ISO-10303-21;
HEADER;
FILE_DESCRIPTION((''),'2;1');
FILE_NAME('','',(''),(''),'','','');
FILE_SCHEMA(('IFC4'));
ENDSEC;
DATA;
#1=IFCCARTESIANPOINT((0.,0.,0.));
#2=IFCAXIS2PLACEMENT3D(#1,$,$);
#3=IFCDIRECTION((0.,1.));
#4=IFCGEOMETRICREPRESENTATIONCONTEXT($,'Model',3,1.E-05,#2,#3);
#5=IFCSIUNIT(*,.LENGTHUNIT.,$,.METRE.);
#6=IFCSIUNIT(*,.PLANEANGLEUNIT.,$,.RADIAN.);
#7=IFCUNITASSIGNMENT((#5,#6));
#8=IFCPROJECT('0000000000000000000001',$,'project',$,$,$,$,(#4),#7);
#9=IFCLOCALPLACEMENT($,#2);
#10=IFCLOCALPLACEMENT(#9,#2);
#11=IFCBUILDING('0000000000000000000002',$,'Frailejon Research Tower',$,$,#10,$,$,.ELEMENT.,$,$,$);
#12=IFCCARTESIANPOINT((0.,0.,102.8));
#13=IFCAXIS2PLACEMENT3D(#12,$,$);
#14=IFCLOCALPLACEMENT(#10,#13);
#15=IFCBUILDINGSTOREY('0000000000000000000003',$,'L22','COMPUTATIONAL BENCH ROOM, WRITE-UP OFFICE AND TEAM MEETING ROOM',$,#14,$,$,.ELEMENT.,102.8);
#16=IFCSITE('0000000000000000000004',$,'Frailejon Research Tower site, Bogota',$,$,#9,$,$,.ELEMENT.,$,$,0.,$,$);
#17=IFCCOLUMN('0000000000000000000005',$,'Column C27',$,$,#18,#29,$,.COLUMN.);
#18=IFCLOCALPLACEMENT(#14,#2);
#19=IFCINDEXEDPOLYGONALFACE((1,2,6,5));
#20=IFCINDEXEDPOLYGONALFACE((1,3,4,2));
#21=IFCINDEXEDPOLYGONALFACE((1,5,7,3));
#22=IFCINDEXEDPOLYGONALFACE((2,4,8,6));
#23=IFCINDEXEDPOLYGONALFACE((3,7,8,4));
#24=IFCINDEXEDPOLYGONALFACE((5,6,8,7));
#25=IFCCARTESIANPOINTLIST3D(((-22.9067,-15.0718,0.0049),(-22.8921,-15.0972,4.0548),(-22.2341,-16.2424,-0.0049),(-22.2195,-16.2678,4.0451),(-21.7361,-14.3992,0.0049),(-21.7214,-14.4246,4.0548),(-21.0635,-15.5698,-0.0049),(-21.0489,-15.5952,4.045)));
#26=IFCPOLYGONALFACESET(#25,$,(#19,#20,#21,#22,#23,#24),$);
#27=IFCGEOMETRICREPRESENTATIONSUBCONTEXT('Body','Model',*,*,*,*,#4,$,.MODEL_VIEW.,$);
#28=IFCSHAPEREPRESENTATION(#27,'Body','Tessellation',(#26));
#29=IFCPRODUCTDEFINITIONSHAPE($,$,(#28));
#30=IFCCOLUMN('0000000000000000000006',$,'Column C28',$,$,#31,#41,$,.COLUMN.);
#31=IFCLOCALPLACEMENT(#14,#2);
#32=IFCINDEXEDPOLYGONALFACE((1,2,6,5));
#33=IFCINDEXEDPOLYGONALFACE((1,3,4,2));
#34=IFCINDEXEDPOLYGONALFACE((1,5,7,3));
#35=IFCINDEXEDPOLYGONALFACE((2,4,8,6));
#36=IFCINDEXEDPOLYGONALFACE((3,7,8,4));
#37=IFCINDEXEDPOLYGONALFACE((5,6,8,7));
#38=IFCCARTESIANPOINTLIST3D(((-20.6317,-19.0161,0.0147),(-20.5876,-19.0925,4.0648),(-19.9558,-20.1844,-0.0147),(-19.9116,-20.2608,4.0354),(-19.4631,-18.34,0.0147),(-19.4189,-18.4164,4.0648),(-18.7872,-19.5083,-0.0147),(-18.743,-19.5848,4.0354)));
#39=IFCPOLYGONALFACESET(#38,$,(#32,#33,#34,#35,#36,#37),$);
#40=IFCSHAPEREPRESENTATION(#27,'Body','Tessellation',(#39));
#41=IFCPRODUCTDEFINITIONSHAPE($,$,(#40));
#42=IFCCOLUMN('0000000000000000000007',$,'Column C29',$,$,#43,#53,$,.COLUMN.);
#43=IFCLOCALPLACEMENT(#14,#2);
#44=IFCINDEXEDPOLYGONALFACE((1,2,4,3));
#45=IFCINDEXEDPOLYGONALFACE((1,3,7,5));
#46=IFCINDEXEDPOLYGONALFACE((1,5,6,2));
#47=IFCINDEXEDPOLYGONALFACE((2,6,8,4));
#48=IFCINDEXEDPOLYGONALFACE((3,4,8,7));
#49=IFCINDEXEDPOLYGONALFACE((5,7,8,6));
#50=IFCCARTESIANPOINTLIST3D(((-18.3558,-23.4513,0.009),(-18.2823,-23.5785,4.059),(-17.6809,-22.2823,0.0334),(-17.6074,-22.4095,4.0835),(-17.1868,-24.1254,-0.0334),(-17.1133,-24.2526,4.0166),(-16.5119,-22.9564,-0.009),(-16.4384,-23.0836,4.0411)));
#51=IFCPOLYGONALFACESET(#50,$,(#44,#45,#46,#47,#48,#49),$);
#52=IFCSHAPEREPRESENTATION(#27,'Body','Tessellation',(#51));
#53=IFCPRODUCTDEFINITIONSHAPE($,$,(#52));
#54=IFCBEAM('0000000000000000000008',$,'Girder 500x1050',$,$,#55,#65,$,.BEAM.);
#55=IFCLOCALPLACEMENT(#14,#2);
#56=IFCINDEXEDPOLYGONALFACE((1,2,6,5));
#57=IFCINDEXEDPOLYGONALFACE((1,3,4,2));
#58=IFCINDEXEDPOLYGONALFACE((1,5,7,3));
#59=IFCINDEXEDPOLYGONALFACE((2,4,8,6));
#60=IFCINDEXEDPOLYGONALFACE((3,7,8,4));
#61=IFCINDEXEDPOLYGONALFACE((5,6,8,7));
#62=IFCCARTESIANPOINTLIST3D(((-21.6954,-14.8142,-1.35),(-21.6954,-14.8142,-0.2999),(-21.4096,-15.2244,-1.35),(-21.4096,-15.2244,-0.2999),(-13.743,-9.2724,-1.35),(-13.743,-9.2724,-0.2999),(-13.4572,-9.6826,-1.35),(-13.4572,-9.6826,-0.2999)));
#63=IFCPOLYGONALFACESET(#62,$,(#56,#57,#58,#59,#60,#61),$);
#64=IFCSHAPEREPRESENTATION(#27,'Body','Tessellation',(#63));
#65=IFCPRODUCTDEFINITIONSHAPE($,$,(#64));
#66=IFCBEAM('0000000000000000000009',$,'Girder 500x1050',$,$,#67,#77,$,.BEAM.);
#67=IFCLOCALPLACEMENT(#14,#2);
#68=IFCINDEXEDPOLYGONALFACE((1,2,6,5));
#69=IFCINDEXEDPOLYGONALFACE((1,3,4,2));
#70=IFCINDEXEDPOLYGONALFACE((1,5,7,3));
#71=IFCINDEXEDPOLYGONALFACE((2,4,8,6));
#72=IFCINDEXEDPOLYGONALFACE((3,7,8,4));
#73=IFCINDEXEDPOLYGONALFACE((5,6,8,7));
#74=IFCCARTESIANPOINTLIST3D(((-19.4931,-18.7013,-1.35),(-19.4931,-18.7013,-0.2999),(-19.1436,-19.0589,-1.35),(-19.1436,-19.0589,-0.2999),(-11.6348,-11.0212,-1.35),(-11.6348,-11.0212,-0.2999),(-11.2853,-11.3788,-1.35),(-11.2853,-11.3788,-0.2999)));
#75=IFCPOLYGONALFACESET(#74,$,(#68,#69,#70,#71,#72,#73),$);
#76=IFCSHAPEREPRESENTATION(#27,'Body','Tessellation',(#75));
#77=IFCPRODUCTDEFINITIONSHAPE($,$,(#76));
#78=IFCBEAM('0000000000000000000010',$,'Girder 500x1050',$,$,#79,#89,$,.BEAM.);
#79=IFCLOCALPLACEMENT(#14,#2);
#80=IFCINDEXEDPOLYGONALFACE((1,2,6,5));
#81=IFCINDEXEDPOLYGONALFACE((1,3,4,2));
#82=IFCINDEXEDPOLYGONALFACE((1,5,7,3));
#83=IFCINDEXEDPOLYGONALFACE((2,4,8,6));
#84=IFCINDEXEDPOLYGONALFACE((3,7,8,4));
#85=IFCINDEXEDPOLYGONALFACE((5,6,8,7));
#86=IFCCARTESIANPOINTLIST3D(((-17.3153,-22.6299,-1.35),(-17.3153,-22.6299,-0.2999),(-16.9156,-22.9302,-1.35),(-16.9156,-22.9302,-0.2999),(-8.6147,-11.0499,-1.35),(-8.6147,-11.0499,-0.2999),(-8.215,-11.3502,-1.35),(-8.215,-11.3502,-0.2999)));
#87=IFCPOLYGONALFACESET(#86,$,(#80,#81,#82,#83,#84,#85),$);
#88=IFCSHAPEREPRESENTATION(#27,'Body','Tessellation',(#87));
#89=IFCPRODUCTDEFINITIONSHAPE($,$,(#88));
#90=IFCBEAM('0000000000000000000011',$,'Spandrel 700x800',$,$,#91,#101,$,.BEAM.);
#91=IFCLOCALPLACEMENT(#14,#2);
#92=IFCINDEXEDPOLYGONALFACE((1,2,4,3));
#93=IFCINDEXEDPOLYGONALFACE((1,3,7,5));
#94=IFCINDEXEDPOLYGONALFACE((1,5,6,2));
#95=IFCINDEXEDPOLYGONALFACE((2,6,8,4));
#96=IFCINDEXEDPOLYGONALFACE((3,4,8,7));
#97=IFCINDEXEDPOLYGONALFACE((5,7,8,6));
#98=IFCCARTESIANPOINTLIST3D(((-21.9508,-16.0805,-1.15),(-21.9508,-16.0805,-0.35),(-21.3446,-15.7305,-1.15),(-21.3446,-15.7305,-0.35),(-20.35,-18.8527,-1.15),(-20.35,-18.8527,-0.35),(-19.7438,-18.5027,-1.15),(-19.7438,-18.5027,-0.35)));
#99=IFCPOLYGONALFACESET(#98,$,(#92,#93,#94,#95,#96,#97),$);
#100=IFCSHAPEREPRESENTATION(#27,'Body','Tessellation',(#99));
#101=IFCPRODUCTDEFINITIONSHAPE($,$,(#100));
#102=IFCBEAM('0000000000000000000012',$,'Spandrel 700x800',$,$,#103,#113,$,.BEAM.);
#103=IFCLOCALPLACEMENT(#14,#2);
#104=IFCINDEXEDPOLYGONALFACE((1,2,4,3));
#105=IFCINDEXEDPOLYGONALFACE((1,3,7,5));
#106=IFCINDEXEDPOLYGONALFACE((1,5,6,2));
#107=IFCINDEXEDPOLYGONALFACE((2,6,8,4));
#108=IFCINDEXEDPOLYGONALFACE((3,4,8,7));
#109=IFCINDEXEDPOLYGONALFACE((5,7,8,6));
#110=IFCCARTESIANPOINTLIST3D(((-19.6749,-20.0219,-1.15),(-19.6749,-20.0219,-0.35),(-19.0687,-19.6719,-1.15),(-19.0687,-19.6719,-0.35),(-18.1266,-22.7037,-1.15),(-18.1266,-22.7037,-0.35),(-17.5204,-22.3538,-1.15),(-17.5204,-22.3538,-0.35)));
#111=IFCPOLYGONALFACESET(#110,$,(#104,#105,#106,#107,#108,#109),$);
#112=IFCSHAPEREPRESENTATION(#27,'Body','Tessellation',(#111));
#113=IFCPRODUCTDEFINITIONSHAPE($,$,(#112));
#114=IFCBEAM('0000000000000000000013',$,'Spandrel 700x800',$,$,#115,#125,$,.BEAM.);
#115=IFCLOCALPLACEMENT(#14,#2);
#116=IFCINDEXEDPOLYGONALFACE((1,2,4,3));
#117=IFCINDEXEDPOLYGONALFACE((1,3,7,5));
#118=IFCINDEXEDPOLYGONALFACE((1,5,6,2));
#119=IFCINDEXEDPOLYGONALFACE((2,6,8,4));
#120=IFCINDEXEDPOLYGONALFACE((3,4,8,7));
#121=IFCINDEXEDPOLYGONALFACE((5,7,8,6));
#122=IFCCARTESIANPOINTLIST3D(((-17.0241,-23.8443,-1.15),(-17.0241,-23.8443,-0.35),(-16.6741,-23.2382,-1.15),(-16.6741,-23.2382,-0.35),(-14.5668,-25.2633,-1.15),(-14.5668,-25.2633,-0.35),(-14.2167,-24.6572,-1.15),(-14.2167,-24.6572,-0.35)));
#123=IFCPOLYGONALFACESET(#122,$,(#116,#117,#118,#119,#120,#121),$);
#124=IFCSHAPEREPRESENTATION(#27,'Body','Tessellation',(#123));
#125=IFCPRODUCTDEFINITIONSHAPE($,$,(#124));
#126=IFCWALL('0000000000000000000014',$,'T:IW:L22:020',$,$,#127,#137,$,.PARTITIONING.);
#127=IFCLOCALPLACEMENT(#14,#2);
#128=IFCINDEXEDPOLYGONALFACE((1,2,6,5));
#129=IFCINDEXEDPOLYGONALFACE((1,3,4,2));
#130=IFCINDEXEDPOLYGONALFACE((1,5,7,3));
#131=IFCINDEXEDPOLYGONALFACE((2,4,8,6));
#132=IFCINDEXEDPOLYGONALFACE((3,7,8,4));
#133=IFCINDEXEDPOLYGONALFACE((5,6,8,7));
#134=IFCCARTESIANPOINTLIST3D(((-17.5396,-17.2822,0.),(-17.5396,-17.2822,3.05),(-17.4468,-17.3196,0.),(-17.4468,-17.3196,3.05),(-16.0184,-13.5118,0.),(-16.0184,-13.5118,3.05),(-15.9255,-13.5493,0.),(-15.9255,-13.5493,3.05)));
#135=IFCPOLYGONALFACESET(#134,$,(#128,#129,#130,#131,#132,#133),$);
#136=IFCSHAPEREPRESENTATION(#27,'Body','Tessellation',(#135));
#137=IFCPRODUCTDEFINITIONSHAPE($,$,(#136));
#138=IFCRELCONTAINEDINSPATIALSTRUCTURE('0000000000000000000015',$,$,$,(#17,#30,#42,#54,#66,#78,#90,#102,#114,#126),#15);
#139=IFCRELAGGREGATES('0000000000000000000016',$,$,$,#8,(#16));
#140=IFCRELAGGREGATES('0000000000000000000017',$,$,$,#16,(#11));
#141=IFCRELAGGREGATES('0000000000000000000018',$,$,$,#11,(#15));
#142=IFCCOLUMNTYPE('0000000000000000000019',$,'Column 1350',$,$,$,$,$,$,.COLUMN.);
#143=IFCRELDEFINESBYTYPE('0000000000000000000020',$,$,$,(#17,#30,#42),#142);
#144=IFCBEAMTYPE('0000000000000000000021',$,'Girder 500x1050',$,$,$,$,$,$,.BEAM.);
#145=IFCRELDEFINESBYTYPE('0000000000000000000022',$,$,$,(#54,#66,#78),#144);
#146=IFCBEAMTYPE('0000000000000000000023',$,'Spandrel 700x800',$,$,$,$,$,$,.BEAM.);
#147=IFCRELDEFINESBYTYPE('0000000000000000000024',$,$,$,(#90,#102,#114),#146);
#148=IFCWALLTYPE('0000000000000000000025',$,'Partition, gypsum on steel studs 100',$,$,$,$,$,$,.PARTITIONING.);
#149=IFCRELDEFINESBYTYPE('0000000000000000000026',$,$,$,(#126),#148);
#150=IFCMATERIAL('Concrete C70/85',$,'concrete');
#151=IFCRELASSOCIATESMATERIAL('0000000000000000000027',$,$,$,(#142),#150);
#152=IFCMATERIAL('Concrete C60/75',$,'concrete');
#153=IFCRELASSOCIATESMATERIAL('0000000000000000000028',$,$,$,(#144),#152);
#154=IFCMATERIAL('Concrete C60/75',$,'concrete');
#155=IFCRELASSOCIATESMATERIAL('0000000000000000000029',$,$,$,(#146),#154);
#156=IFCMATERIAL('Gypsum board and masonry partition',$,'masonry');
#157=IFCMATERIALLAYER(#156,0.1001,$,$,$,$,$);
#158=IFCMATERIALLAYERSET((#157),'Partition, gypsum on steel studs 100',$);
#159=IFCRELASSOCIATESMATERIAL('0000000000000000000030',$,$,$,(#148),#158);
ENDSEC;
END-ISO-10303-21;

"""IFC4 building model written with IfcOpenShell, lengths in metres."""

from ifc_helpers import new_model, si_unit, direction, frame, frame_2d, origin, origin_2d, place, context, subcontext, project, spatial, rectangle, extrude, material, layer, layer_set, material_profile, profile_set, type_object, element, save


model = new_model("IFC4")

# Units and contexts
model_context = context("Model", 3, precision=1e-05, world=origin(), true_north=direction((0.0, 1.0)))
body_context = subcontext(model_context, "Body", "Model", "MODEL_VIEW")
ifc_project = project(units=[si_unit("LENGTHUNIT", "METRE"), si_unit("PLANEANGLEUNIT", "RADIAN")], contexts=[model_context])

# Site, building, storey
site_placement = place(None, origin())
site = spatial("IfcSite", under=ifc_project, at=site_placement, Name="Frailejon Research Tower site, Bogota", CompositionType="ELEMENT", RefElevation=0.0)
building_placement = place(site_placement, origin())
building = spatial("IfcBuilding", under=site, at=building_placement, Name="Frailejon Research Tower", CompositionType="ELEMENT")
storey_placement = place(building_placement, frame((0.0, 0.0, 102.8)))
storey = spatial("IfcBuildingStorey", under=building, at=storey_placement, Name="L22", Description="COMPUTATIONAL BENCH ROOM, WRITE-UP OFFICE AND TEAM MEETING ROOM", CompositionType="ELEMENT", Elevation=102.8)

# Columns
ifc_material_1 = material(Name="Concrete C70/85", Category="concrete")
ifc_material_profile_1 = material_profile(ifc_material_1, rectangle(XDim=1.3501, YDim=1.3501, at=origin_2d()), Name="Column 1350")
ifc_profile_set_1 = profile_set([ifc_material_profile_1], Name="Concrete C70/85")
column_type = type_object("IfcColumnType", Name="Column 1350", PredefinedType="COLUMN", material=ifc_profile_set_1)
column_1_placement = place(storey_placement, frame((-21.9851, -15.3208, 0.0), z_axis=(0.003617, -0.006269, 0.999974), x_axis=(0.498177, -0.867045, -0.007238)))
element("IfcColumn", 1, at=column_1_placement, inside=storey, type_object=column_type, Name="Column C27", PredefinedType="COLUMN", context=body_context, shape_type="SweptSolid", body=[
    extrude(rectangle(XDim=1.3501, YDim=1.3501, at=origin_2d()), origin(), (0.0, 0.0, 1.0), 4.05),
])
column_2_placement = place(storey_placement, frame((-19.7095, -19.2622, 0.0), z_axis=(0.010908, -0.018863, 0.999763), x_axis=(0.500638, -0.865382, -0.02179)))
element("IfcColumn", 2, at=column_2_placement, inside=storey, type_object=column_type, Name="Column C28", PredefinedType="COLUMN", context=body_context, shape_type="SweptSolid", body=[
    extrude(rectangle(XDim=1.3501, YDim=1.3501, at=origin_2d()), origin(), (0.0, 0.0, 1.0), 4.051),
])
column_3_placement = place(storey_placement, frame((-17.4338, -23.2039, 0.0), z_axis=(0.018133, -0.031386, 0.999343), x_axis=(0.865885, -0.499257, -0.031391)))
element("IfcColumn", 3, at=column_3_placement, inside=storey, type_object=column_type, Name="Column C29", PredefinedType="COLUMN", context=body_context, shape_type="SweptSolid", body=[
    extrude(rectangle(XDim=1.3501, YDim=1.3501, at=origin_2d()), origin(), (0.0, 0.0, 1.0), 4.0527),
])

# Beams
ifc_material_2 = material(Name="Concrete C60/75", Category="concrete")
ifc_material_profile_2 = material_profile(ifc_material_2, rectangle(XDim=0.5, YDim=1.05, at=origin_2d()), Name="Girder 500x1050")
ifc_profile_set_2 = profile_set([ifc_material_profile_2], Name="Concrete C60/75")
beam_type_1 = type_object("IfcBeamType", Name="Girder 500x1050", PredefinedType="BEAM", material=ifc_profile_set_2)
beam_1_placement = place(storey_placement, frame((-21.5525, -15.0193, -0.825), z_axis=(0.820438, 0.571735, 0.0), x_axis=(-0.571735, 0.820438, 0.0)))
element("IfcBeam", 4, at=beam_1_placement, inside=storey, type_object=beam_type_1, Name="Girder 500x1050", PredefinedType="BEAM", context=body_context, shape_type="SweptSolid", body=[
    extrude(rectangle(XDim=0.5, YDim=1.05, at=origin_2d()), origin(), (0.0, 0.0, 1.0), 9.6929),
])
beam_2_placement = place(storey_placement, frame((-19.3184, -18.8801, -0.825), z_axis=(0.71517, 0.698951, 0.0), x_axis=(-0.698951, 0.71517, 0.0)))
element("IfcBeam", 5, at=beam_2_placement, inside=storey, type_object=beam_type_1, Name="Girder 500x1050", PredefinedType="BEAM", context=body_context, shape_type="SweptSolid", body=[
    extrude(rectangle(XDim=0.5, YDim=1.05, at=origin_2d()), origin(), (0.0, 0.0, 1.0), 10.988),
])
beam_3_placement = place(storey_placement, frame((-17.1155, -22.78, -0.825), z_axis=(0.60069, 0.799482, 0.0), x_axis=(-0.799482, 0.60069, 0.0)))
element("IfcBeam", 6, at=beam_3_placement, inside=storey, type_object=beam_type_1, Name="Girder 500x1050", PredefinedType="BEAM", context=body_context, shape_type="SweptSolid", body=[
    extrude(rectangle(XDim=0.5, YDim=1.05, at=origin_2d()), origin(), (0.0, 0.0, 1.0), 14.4844),
])
ifc_material_3 = material(Name="Concrete C60/75", Category="concrete")
ifc_material_profile_3 = material_profile(ifc_material_3, rectangle(XDim=0.7, YDim=0.8, at=origin_2d()), Name="Spandrel 700x800")
ifc_profile_set_3 = profile_set([ifc_material_profile_3], Name="Concrete C60/75")
beam_type_2 = type_object("IfcBeamType", Name="Spandrel 700x800", PredefinedType="BEAM", material=ifc_profile_set_3)
beam_4_placement = place(storey_placement, frame((-21.6477, -15.9055, -0.75), z_axis=(0.500068, -0.865986, 0.0), x_axis=(0.865986, 0.500068, 0.0)))
element("IfcBeam", 7, at=beam_4_placement, inside=storey, type_object=beam_type_2, Name="Spandrel 700x800", PredefinedType="BEAM", context=body_context, shape_type="SweptSolid", body=[
    extrude(rectangle(XDim=0.7, YDim=0.8, at=origin_2d()), origin(), (0.0, 0.0, 1.0), 3.2012),
])
beam_5_placement = place(storey_placement, frame((-19.3718, -19.8469, -0.75), z_axis=(0.499989, -0.866032, 0.0), x_axis=(0.866032, 0.499989, 0.0)))
element("IfcBeam", 8, at=beam_5_placement, inside=storey, type_object=beam_type_2, Name="Spandrel 700x800", PredefinedType="BEAM", context=body_context, shape_type="SweptSolid", body=[
    extrude(rectangle(XDim=0.7, YDim=0.8, at=origin_2d()), origin(), (0.0, 0.0, 1.0), 3.0967),
])
beam_6_placement = place(storey_placement, frame((-16.8491, -23.5413, -0.75), z_axis=(0.865989, -0.500063, 0.0), x_axis=(0.500063, 0.865989, 0.0)))
element("IfcBeam", 9, at=beam_6_placement, inside=storey, type_object=beam_type_2, Name="Spandrel 700x800", PredefinedType="BEAM", context=body_context, shape_type="SweptSolid", body=[
    extrude(rectangle(XDim=0.7, YDim=0.8, at=origin_2d()), origin(), (0.0, 0.0, 1.0), 2.8376),
])

# Wall
ifc_material_4 = material(Name="Gypsum board and masonry partition", Category="masonry")
ifc_layer_1 = layer(ifc_material_4, 0.1001)
ifc_layer_set_1 = layer_set([ifc_layer_1], Name="Partition, gypsum on steel studs 100")
wall_type_1 = type_object("IfcWallType", Name="Partition, gypsum on steel studs 100", PredefinedType="PARTITIONING", material=ifc_layer_set_1)
wall_1_placement = place(storey_placement, frame((-17.4932, -17.3008, 0.0), z_axis=(0.0, 0.0, 1.0), x_axis=(0.374174, 0.927358, 0.0)))
element("IfcWall", 10, at=wall_1_placement, inside=storey, type_object=wall_type_1, Name="T:IW:L22:020", PredefinedType="PARTITIONING", context=body_context, shape_type="SweptSolid", body=[
    extrude(rectangle(XDim=4.0657, YDim=0.1001, at=frame_2d((2.0327, 0.0))), origin(), (0.0, 0.0, 1.0), 3.05),
])

save(model, "model.ifc")
